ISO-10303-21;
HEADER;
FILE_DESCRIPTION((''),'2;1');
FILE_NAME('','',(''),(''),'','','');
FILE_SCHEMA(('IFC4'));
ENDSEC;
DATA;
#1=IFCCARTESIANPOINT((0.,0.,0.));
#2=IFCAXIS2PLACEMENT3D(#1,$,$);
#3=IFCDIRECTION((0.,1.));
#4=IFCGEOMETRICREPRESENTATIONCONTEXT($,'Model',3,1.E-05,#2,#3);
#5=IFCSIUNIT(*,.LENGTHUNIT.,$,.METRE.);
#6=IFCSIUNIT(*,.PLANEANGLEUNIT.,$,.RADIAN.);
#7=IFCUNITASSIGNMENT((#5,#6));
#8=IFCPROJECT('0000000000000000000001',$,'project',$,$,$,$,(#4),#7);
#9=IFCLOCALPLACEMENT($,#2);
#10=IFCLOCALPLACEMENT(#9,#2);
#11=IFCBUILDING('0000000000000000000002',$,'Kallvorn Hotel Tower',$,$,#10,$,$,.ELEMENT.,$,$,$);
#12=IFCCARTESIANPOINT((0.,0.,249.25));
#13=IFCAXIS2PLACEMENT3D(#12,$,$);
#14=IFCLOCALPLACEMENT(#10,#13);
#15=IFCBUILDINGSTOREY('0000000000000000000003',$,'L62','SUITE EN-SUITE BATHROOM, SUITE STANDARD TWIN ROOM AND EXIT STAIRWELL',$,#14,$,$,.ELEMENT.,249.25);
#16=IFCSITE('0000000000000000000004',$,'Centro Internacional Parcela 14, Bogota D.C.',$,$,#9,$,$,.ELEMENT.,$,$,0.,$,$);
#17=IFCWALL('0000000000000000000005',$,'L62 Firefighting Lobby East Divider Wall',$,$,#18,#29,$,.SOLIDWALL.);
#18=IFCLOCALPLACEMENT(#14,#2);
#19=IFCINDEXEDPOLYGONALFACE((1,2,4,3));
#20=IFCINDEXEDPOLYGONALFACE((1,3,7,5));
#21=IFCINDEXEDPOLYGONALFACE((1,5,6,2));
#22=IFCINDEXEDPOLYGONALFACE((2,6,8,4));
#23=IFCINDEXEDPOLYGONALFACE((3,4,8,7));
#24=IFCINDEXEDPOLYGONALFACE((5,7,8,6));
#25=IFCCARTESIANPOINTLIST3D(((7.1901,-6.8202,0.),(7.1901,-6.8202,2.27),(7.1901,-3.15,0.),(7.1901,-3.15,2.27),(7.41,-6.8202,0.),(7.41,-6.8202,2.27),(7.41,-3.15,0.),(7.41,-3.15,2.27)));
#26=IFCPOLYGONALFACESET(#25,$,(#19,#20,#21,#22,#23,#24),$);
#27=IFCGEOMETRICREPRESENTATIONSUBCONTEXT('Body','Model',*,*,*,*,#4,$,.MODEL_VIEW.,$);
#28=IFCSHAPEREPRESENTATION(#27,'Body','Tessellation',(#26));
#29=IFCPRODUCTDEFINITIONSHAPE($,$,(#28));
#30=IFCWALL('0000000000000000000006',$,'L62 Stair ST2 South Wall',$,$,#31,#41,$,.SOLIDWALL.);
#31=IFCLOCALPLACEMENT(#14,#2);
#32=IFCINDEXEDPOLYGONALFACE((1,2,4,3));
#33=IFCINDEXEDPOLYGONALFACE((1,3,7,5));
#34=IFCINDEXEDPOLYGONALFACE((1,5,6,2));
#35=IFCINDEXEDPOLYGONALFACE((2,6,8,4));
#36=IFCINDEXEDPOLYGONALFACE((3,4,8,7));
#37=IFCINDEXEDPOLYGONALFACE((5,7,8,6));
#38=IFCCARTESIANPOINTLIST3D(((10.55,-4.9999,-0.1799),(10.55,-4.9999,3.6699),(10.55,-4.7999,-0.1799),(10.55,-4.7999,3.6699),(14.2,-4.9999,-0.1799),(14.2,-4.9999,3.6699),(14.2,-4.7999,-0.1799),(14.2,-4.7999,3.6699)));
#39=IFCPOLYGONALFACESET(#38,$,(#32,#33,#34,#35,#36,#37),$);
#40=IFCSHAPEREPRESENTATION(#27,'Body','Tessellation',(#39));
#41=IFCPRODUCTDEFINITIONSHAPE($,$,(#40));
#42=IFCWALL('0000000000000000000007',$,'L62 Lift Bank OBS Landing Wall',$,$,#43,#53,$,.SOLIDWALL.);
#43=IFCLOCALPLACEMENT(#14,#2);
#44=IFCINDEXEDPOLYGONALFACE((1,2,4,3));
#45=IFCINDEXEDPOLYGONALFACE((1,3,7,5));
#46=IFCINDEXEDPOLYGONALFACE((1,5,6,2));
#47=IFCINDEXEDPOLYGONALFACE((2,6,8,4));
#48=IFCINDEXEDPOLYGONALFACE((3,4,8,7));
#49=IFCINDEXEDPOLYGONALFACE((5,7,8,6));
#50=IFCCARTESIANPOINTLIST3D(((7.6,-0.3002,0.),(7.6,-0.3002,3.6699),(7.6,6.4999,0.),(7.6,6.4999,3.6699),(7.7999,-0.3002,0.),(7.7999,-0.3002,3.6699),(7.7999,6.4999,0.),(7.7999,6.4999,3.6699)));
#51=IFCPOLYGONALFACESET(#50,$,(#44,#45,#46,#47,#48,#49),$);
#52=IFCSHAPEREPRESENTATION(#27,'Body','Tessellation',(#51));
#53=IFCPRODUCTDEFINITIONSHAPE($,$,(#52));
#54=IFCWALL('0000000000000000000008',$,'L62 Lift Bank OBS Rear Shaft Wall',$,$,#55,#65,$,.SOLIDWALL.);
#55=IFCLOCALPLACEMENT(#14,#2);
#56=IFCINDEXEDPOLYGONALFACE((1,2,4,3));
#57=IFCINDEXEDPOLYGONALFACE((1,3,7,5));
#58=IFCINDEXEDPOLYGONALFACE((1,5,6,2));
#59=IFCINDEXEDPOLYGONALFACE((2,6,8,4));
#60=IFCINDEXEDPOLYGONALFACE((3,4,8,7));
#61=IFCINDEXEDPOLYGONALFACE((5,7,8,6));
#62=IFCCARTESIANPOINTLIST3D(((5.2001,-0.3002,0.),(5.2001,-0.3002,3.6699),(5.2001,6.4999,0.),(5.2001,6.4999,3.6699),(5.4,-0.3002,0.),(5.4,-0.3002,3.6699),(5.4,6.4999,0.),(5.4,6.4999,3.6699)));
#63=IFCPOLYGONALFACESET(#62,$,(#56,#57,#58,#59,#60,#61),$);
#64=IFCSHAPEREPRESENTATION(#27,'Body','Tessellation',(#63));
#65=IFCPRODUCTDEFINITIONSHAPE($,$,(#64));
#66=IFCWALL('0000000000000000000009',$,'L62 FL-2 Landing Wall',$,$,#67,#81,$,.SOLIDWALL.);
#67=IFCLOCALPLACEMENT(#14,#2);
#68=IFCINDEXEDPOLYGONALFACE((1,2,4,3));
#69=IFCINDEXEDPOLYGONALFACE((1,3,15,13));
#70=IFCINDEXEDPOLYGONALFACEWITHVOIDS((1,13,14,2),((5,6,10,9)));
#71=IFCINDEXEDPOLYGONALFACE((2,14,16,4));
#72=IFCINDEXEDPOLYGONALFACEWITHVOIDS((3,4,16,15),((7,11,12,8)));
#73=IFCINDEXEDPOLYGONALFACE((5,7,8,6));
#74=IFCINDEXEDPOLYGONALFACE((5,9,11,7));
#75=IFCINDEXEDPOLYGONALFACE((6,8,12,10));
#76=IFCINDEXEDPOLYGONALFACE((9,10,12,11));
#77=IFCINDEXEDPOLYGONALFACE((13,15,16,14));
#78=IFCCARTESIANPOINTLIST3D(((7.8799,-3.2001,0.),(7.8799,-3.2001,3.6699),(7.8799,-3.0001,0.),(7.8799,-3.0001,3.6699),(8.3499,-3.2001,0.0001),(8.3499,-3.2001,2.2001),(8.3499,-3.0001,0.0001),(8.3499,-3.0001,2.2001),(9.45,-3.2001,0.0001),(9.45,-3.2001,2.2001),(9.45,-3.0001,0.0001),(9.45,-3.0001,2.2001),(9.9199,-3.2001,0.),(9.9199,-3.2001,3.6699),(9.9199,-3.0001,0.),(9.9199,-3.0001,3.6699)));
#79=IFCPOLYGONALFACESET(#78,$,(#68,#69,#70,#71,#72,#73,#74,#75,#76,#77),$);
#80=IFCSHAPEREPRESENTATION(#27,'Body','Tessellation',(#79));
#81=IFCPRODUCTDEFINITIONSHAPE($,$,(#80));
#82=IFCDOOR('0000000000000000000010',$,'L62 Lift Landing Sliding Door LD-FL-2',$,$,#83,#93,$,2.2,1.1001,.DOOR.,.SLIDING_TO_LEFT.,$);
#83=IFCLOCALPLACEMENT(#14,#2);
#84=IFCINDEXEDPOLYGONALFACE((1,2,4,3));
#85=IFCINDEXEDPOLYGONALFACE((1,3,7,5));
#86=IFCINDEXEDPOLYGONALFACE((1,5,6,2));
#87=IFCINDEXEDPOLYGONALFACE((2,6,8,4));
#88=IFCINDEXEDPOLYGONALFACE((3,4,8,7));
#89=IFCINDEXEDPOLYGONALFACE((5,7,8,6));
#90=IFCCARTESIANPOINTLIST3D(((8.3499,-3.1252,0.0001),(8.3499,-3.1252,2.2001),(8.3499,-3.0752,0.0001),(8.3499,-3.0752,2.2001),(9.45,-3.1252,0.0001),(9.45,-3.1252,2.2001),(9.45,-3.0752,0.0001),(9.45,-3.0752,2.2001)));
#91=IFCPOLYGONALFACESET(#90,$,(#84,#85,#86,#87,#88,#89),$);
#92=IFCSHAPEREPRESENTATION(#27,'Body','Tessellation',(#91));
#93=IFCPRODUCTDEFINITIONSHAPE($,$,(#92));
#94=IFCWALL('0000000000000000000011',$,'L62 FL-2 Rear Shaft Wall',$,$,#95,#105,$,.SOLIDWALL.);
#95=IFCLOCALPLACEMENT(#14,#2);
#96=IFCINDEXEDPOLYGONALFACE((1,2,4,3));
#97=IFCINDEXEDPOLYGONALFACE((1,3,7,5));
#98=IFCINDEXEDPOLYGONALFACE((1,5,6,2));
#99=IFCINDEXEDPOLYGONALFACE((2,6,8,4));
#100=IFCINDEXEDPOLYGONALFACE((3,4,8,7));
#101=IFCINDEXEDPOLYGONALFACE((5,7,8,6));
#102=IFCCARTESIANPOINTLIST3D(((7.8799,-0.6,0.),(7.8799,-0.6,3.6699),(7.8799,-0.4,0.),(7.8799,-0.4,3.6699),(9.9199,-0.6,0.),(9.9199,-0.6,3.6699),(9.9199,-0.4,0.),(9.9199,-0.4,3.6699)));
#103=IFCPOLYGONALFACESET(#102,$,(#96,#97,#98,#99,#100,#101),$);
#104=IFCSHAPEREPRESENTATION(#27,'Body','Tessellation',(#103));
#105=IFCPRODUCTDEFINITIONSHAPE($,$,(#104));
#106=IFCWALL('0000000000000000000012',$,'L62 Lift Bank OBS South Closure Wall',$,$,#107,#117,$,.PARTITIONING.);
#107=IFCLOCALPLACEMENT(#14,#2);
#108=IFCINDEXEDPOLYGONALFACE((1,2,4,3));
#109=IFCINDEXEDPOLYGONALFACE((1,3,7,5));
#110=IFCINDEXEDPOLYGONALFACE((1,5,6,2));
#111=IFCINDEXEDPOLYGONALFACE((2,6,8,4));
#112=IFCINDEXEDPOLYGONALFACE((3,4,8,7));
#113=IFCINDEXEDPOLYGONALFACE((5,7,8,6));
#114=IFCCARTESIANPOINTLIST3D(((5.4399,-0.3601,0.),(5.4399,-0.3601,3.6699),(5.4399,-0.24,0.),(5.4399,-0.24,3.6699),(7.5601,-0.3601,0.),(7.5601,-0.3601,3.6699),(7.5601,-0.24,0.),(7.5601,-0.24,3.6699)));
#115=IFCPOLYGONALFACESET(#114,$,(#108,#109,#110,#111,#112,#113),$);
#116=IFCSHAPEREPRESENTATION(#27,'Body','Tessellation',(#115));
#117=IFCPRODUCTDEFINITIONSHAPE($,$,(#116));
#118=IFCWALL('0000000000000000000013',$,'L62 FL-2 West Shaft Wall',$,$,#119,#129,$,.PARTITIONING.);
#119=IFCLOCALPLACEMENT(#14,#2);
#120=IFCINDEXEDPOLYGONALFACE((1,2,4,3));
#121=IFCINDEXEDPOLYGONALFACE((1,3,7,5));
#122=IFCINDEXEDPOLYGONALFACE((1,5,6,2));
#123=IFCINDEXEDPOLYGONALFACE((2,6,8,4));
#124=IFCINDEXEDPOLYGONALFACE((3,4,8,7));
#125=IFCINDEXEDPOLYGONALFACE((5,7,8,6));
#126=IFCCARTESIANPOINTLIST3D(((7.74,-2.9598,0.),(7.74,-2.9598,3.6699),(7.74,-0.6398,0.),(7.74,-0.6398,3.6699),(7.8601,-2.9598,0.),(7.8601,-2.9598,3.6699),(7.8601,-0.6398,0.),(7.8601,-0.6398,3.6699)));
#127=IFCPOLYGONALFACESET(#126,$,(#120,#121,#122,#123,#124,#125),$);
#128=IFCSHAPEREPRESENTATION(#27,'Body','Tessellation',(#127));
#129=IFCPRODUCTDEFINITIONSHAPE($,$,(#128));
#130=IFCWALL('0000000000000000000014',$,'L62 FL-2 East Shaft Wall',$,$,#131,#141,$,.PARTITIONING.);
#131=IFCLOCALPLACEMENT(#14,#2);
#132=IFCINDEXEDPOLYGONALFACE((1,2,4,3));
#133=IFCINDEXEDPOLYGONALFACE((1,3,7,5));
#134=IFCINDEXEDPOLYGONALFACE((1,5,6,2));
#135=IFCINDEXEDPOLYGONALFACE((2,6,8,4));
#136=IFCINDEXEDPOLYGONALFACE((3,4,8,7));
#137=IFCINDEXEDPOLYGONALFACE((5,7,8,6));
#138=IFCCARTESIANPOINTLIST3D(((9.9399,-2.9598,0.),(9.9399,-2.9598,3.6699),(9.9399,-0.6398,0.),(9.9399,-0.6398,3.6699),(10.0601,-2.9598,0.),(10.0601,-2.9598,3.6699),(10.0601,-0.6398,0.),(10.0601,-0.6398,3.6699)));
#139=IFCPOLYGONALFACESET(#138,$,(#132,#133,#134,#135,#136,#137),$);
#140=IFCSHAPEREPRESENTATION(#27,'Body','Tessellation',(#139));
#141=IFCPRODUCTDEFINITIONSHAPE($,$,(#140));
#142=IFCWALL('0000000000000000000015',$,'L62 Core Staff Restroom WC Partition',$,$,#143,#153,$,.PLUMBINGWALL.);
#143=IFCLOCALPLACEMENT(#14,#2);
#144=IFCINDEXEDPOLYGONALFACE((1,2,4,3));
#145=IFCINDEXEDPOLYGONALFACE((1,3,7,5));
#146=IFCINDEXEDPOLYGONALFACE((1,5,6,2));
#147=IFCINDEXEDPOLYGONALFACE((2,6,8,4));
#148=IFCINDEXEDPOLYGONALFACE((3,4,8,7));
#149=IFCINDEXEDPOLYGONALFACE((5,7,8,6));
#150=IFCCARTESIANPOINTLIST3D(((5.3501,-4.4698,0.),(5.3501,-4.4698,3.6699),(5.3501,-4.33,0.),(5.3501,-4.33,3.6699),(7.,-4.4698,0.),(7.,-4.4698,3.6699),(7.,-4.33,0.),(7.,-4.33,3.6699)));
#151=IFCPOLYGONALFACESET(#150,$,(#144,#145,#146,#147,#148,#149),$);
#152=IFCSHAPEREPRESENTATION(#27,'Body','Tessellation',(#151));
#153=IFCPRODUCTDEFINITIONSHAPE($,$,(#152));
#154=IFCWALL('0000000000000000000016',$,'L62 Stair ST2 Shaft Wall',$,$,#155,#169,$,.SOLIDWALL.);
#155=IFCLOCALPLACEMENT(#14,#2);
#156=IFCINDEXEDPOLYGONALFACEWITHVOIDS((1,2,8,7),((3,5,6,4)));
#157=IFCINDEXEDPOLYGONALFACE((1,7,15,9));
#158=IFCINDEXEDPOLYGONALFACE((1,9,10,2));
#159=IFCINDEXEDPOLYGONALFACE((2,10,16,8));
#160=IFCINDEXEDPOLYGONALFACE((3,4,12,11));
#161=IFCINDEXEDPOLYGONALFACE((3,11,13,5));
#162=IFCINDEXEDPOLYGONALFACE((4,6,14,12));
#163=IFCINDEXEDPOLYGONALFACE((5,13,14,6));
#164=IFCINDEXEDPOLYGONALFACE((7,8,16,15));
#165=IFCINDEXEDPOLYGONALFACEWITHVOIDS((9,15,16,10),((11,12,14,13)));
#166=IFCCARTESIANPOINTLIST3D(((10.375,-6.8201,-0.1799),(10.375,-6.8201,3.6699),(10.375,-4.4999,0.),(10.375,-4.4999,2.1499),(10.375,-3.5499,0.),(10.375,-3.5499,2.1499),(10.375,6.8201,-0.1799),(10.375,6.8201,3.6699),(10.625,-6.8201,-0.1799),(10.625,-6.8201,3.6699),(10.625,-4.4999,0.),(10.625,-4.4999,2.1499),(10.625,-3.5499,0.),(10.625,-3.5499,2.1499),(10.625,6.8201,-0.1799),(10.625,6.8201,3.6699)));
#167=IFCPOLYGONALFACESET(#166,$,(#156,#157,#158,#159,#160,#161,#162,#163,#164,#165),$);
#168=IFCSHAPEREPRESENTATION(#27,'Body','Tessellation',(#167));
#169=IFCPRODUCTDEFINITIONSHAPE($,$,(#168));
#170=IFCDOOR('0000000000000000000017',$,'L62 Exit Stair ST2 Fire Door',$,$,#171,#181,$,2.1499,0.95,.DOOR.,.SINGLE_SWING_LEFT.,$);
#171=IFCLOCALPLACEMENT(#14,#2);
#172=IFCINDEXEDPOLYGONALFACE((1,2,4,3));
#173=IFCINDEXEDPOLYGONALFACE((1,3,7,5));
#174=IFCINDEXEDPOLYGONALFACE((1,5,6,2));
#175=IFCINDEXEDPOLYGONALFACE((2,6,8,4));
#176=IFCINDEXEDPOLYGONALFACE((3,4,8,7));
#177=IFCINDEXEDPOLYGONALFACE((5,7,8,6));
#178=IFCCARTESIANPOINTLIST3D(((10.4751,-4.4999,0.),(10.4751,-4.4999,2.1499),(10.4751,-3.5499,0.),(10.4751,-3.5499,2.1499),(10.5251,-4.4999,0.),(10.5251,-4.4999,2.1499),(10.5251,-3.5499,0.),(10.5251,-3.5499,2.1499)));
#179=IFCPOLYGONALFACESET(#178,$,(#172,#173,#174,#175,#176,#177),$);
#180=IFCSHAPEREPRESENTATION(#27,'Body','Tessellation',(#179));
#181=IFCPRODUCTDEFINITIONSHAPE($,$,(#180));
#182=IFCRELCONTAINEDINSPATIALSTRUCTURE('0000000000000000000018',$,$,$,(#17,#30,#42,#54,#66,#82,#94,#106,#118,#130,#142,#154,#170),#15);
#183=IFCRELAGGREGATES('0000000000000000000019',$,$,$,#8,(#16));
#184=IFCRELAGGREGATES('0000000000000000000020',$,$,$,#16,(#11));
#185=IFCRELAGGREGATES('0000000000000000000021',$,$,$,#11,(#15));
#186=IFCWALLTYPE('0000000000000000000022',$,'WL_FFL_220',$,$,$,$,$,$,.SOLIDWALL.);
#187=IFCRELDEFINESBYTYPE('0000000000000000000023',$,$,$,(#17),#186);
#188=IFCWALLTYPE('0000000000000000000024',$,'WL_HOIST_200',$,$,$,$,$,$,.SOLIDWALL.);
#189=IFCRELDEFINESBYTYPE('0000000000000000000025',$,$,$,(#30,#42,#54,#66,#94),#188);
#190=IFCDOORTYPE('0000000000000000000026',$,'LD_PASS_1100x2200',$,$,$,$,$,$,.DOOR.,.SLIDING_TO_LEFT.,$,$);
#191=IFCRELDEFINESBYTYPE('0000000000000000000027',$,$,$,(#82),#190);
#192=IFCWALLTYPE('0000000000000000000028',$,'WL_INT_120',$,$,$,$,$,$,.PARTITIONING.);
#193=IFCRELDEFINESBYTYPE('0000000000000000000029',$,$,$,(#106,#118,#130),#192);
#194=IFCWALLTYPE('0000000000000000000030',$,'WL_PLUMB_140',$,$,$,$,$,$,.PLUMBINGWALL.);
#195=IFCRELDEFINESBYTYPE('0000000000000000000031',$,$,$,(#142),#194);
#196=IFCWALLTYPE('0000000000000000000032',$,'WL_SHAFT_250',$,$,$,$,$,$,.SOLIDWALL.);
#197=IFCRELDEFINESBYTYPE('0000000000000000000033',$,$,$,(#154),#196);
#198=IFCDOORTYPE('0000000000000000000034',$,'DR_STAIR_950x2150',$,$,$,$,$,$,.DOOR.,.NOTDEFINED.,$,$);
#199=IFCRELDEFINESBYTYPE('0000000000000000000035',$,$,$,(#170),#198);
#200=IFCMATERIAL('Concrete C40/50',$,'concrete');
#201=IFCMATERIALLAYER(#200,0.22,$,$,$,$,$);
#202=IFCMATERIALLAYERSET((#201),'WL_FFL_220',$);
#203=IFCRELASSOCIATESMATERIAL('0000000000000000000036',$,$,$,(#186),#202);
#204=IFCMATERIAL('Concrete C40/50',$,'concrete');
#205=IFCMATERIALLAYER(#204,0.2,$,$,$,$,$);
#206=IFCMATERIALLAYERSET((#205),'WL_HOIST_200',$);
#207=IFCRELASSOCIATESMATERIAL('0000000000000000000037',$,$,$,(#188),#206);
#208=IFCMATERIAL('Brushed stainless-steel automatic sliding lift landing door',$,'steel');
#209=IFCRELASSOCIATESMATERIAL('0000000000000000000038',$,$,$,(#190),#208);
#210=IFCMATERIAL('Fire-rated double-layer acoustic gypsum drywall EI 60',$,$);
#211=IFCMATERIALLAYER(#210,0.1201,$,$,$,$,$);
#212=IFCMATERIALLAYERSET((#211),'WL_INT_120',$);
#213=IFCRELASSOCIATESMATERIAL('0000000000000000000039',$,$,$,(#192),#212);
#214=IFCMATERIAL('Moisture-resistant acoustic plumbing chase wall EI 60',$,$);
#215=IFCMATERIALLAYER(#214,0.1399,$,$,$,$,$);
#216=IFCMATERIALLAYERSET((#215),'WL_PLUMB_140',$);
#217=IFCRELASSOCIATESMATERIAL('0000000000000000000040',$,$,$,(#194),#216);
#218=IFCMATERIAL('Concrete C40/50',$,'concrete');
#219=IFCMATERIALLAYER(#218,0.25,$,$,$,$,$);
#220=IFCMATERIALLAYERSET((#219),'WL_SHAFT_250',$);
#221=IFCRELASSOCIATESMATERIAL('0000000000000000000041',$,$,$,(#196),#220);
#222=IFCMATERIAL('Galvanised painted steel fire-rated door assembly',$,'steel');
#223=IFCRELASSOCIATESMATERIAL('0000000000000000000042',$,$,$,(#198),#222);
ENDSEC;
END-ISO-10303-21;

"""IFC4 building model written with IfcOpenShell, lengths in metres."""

from ifc_helpers import new_model, si_unit, direction, frame, frame_2d, origin, place, context, subcontext, project, spatial, rectangle, extrude, material, layer, layer_set, type_object, element, fill, save


model = new_model("IFC4")

# Units and contexts
model_context = context("Model", 3, precision=1e-05, world=origin(), true_north=direction((0.0, 1.0)))
body_context = subcontext(model_context, "Body", "Model", "MODEL_VIEW")
ifc_project = project(units=[si_unit("LENGTHUNIT", "METRE"), si_unit("PLANEANGLEUNIT", "RADIAN")], contexts=[model_context])

# Site, building, storey
site_placement = place(None, origin())
site = spatial("IfcSite", under=ifc_project, at=site_placement, Name="Centro Internacional Parcela 14, Bogota D.C.", CompositionType="ELEMENT", RefElevation=0.0)
building_placement = place(site_placement, origin())
building = spatial("IfcBuilding", under=site, at=building_placement, Name="Kallvorn Hotel Tower", CompositionType="ELEMENT")
storey_placement = place(building_placement, frame((0.0, 0.0, 249.25)))
storey = spatial("IfcBuildingStorey", under=building, at=storey_placement, Name="L62", Description="SUITE EN-SUITE BATHROOM, SUITE STANDARD TWIN ROOM AND EXIT STAIRWELL", CompositionType="ELEMENT", Elevation=249.25)

# Walls
ifc_material_1 = material(Name="Concrete C40/50", Category="concrete")
ifc_layer_1 = layer(ifc_material_1, 0.22)
ifc_layer_set_1 = layer_set([ifc_layer_1], Name="WL_FFL_220")
wall_type_1 = type_object("IfcWallType", Name="WL_FFL_220", PredefinedType="SOLIDWALL", material=ifc_layer_set_1)
wall_1_placement = place(storey_placement, frame((7.3, -6.8201, 0.0), z_axis=(0.0, 0.0, 1.0), x_axis=(0.0, 1.0, 0.0)))
element("IfcWall", 1, at=wall_1_placement, inside=storey, type_object=wall_type_1, Name="L62 Firefighting Lobby East Divider Wall", PredefinedType="SOLIDWALL", context=body_context, shape_type="SweptSolid", body=[
    extrude(rectangle(XDim=3.6702, YDim=0.22, at=frame_2d((1.835, 0.0))), origin(), (0.0, 0.0, 1.0), 2.27),
])
ifc_material_2 = material(Name="Concrete C40/50", Category="concrete")
ifc_layer_2 = layer(ifc_material_2, 0.2)
ifc_layer_set_2 = layer_set([ifc_layer_2], Name="WL_HOIST_200")
wall_type_2 = type_object("IfcWallType", Name="WL_HOIST_200", PredefinedType="SOLIDWALL", material=ifc_layer_set_2)
wall_2_placement = place(storey_placement, frame((10.55, -4.8999, -0.1799), z_axis=(0.0, 0.0, 1.0), x_axis=(1.0, 0.0, 0.0)))
element("IfcWall", 2, at=wall_2_placement, inside=storey, type_object=wall_type_2, Name="L62 Stair ST2 South Wall", PredefinedType="SOLIDWALL", context=body_context, shape_type="SweptSolid", body=[
    extrude(rectangle(XDim=3.6499, YDim=0.2, at=frame_2d((1.825, 0.0))), origin(), (0.0, 0.0, 1.0), 3.8499),
])
for number, where, z_axis, x_axis, name in (
    (3, (7.7, -0.3, 0.0), (0.0, 0.0, 1.0), (0.0, 1.0, 0.0), "L62 Lift Bank OBS Landing Wall"),
    (4, (5.3, -0.3, 0.0), (0.0, 0.0, 1.0), (0.0, 1.0, 0.0), "L62 Lift Bank OBS Rear Shaft Wall"),
):
    element("IfcWall", number, at=place(storey_placement, frame(where, z_axis=z_axis, x_axis=x_axis)), inside=storey, type_object=wall_type_2, Name=name, PredefinedType="SOLIDWALL", context=body_context, shape_type="SweptSolid", body=[
        extrude(rectangle(XDim=6.8, YDim=0.2, at=frame_2d((3.3999, 0.0))), origin(), (0.0, 0.0, 1.0), 3.6699),
    ])

# Wall, opening, door
wall_3_placement = place(storey_placement, frame((7.8799, -3.1001, 0.0), z_axis=(0.0, 0.0, 1.0), x_axis=(1.0, 0.0, 0.0)))
wall_3 = element("IfcWall", 5, at=wall_3_placement, inside=storey, type_object=wall_type_2, Name="L62 FL-2 Landing Wall", PredefinedType="SOLIDWALL", context=body_context, shape_type="SweptSolid", body=[
    extrude(rectangle(XDim=2.04, YDim=0.2, at=frame_2d((1.02, 0.0))), origin(), (0.0, 0.0, 1.0), 3.6699),
])
opening_1_placement = place(wall_3_placement, frame((0.47, 0.0, 0.0)))
opening_1 = element("IfcOpeningElement", 6, at=opening_1_placement, cuts=wall_3, PredefinedType="OPENING", context=body_context, shape_type="SweptSolid", body=[
    extrude(rectangle(XDim=1.1001, YDim=2.2, at=frame_2d((0.55, 1.1001))), frame((0.0, 0.115, 0.0), z_axis=(0.0, -1.0, 0.0), x_axis=(1.0, 0.0, 0.0)), (0.0, 0.0, 1.0), 0.23),
])
ifc_material_3 = material(Name="Brushed stainless-steel automatic sliding lift landing door", Category="steel")
door_type_1 = type_object("IfcDoorType", Name="LD_PASS_1100x2200", OperationType="SLIDING_TO_LEFT", PredefinedType="DOOR", material=ifc_material_3)
door_1_placement = place(opening_1_placement, origin())
door_1 = element("IfcDoor", 7, at=door_1_placement, inside=storey, type_object=door_type_1, Name="L62 Lift Landing Sliding Door LD-FL-2", OperationType="SLIDING_TO_LEFT", OverallHeight=2.2, OverallWidth=1.1001, PredefinedType="DOOR", context=body_context, shape_type="SweptSolid", body=[
    extrude(rectangle(XDim=1.1001, YDim=2.2, at=frame_2d((0.55, 1.1001))), frame((0.0, 0.0249, 0.0), z_axis=(0.0, -1.0, 0.0), x_axis=(1.0, 0.0, 0.0)), (0.0, 0.0, 1.0), 0.05),
])
fill(opening_1, door_1)

# Walls
wall_4_placement = place(storey_placement, frame((7.8799, -0.5, 0.0), z_axis=(0.0, 0.0, 1.0), x_axis=(1.0, 0.0, 0.0)))
element("IfcWall", 8, at=wall_4_placement, inside=storey, type_object=wall_type_2, Name="L62 FL-2 Rear Shaft Wall", PredefinedType="SOLIDWALL", context=body_context, shape_type="SweptSolid", body=[
    extrude(rectangle(XDim=2.04, YDim=0.2, at=frame_2d((1.02, 0.0))), origin(), (0.0, 0.0, 1.0), 3.6699),
])
ifc_material_4 = material(Name="Fire-rated double-layer acoustic gypsum drywall EI 60")
ifc_layer_3 = layer(ifc_material_4, 0.1201)
ifc_layer_set_3 = layer_set([ifc_layer_3], Name="WL_INT_120")
wall_type_3 = type_object("IfcWallType", Name="WL_INT_120", PredefinedType="PARTITIONING", material=ifc_layer_set_3)
wall_5_placement = place(storey_placement, frame((5.4399, -0.3, 0.0), z_axis=(0.0, 0.0, 1.0), x_axis=(1.0, 0.0, 0.0)))
element("IfcWall", 9, at=wall_5_placement, inside=storey, type_object=wall_type_3, Name="L62 Lift Bank OBS South Closure Wall", PredefinedType="PARTITIONING", context=body_context, shape_type="SweptSolid", body=[
    extrude(rectangle(XDim=2.1201, YDim=0.1201, at=frame_2d((1.0601, 0.0))), origin(), (0.0, 0.0, 1.0), 3.6699),
])
for number, where, z_axis, x_axis, name in (
    (10, (7.8, -2.96, 0.0), (0.0, 0.0, 1.0), (0.0, 1.0, 0.0), "L62 FL-2 West Shaft Wall"),
    (11, (10.0, -2.96, 0.0), (0.0, 0.0, 1.0), (0.0, 1.0, 0.0), "L62 FL-2 East Shaft Wall"),
):
    element("IfcWall", number, at=place(storey_placement, frame(where, z_axis=z_axis, x_axis=x_axis)), inside=storey, type_object=wall_type_3, Name=name, PredefinedType="PARTITIONING", context=body_context, shape_type="SweptSolid", body=[
        extrude(rectangle(XDim=2.3201, YDim=0.1201, at=frame_2d((1.1602, 0.0))), origin(), (0.0, 0.0, 1.0), 3.6699),
    ])
ifc_material_5 = material(Name="Moisture-resistant acoustic plumbing chase wall EI 60")
ifc_layer_4 = layer(ifc_material_5, 0.1399)
ifc_layer_set_4 = layer_set([ifc_layer_4], Name="WL_PLUMB_140")
wall_type_4 = type_object("IfcWallType", Name="WL_PLUMB_140", PredefinedType="PLUMBINGWALL", material=ifc_layer_set_4)
wall_6_placement = place(storey_placement, frame((5.3501, -4.3999, 0.0), z_axis=(0.0, 0.0, 1.0), x_axis=(1.0, 0.0, 0.0)))
element("IfcWall", 12, at=wall_6_placement, inside=storey, type_object=wall_type_4, Name="L62 Core Staff Restroom WC Partition", PredefinedType="PLUMBINGWALL", context=body_context, shape_type="SweptSolid", body=[
    extrude(rectangle(XDim=1.6499, YDim=0.1399, at=frame_2d((0.825, 0.0))), origin(), (0.0, 0.0, 1.0), 3.6699),
])

# Wall, opening, door
ifc_material_6 = material(Name="Concrete C40/50", Category="concrete")
ifc_layer_5 = layer(ifc_material_6, 0.25)
ifc_layer_set_5 = layer_set([ifc_layer_5], Name="WL_SHAFT_250")
wall_type_5 = type_object("IfcWallType", Name="WL_SHAFT_250", PredefinedType="SOLIDWALL", material=ifc_layer_set_5)
wall_7_placement = place(storey_placement, frame((10.5, -6.8201, -0.1799), z_axis=(0.0, 0.0, 1.0), x_axis=(0.0, 1.0, 0.0)))
wall_7 = element("IfcWall", 13, at=wall_7_placement, inside=storey, type_object=wall_type_5, Name="L62 Stair ST2 Shaft Wall", PredefinedType="SOLIDWALL", context=body_context, shape_type="SweptSolid", body=[
    extrude(rectangle(XDim=13.6401, YDim=0.25, at=frame_2d((6.8201, 0.0))), origin(), (0.0, 0.0, 1.0), 3.8499),
])
opening_2_placement = place(wall_7_placement, frame((2.3201, 0.0, 0.1799)))
opening_2 = element("IfcOpeningElement", 14, at=opening_2_placement, cuts=wall_7, PredefinedType="OPENING", context=body_context, shape_type="SweptSolid", body=[
    extrude(rectangle(XDim=0.95, YDim=2.1499, at=frame_2d((0.4751, 1.075))), frame((0.0, 0.1399, 0.0), z_axis=(0.0, -1.0, 0.0), x_axis=(1.0, 0.0, 0.0)), (0.0, 0.0, 1.0), 0.28),
])
ifc_material_7 = material(Name="Galvanised painted steel fire-rated door assembly", Category="steel")
door_type_2 = type_object("IfcDoorType", Name="DR_STAIR_950x2150", OperationType="NOTDEFINED", PredefinedType="DOOR", material=ifc_material_7)
door_2_placement = place(opening_2_placement, origin())
door_2 = element("IfcDoor", 15, at=door_2_placement, inside=storey, type_object=door_type_2, Name="L62 Exit Stair ST2 Fire Door", OperationType="SINGLE_SWING_LEFT", OverallHeight=2.1499, OverallWidth=0.95, PredefinedType="DOOR", context=body_context, shape_type="SweptSolid", body=[
    extrude(rectangle(XDim=0.95, YDim=2.1499, at=frame_2d((0.4751, 1.075))), frame((0.0, 0.0249, 0.0), z_axis=(0.0, -1.0, 0.0), x_axis=(1.0, 0.0, 0.0)), (0.0, 0.0, 1.0), 0.05),
])
fill(opening_2, door_2)

save(model, "model.ifc")
